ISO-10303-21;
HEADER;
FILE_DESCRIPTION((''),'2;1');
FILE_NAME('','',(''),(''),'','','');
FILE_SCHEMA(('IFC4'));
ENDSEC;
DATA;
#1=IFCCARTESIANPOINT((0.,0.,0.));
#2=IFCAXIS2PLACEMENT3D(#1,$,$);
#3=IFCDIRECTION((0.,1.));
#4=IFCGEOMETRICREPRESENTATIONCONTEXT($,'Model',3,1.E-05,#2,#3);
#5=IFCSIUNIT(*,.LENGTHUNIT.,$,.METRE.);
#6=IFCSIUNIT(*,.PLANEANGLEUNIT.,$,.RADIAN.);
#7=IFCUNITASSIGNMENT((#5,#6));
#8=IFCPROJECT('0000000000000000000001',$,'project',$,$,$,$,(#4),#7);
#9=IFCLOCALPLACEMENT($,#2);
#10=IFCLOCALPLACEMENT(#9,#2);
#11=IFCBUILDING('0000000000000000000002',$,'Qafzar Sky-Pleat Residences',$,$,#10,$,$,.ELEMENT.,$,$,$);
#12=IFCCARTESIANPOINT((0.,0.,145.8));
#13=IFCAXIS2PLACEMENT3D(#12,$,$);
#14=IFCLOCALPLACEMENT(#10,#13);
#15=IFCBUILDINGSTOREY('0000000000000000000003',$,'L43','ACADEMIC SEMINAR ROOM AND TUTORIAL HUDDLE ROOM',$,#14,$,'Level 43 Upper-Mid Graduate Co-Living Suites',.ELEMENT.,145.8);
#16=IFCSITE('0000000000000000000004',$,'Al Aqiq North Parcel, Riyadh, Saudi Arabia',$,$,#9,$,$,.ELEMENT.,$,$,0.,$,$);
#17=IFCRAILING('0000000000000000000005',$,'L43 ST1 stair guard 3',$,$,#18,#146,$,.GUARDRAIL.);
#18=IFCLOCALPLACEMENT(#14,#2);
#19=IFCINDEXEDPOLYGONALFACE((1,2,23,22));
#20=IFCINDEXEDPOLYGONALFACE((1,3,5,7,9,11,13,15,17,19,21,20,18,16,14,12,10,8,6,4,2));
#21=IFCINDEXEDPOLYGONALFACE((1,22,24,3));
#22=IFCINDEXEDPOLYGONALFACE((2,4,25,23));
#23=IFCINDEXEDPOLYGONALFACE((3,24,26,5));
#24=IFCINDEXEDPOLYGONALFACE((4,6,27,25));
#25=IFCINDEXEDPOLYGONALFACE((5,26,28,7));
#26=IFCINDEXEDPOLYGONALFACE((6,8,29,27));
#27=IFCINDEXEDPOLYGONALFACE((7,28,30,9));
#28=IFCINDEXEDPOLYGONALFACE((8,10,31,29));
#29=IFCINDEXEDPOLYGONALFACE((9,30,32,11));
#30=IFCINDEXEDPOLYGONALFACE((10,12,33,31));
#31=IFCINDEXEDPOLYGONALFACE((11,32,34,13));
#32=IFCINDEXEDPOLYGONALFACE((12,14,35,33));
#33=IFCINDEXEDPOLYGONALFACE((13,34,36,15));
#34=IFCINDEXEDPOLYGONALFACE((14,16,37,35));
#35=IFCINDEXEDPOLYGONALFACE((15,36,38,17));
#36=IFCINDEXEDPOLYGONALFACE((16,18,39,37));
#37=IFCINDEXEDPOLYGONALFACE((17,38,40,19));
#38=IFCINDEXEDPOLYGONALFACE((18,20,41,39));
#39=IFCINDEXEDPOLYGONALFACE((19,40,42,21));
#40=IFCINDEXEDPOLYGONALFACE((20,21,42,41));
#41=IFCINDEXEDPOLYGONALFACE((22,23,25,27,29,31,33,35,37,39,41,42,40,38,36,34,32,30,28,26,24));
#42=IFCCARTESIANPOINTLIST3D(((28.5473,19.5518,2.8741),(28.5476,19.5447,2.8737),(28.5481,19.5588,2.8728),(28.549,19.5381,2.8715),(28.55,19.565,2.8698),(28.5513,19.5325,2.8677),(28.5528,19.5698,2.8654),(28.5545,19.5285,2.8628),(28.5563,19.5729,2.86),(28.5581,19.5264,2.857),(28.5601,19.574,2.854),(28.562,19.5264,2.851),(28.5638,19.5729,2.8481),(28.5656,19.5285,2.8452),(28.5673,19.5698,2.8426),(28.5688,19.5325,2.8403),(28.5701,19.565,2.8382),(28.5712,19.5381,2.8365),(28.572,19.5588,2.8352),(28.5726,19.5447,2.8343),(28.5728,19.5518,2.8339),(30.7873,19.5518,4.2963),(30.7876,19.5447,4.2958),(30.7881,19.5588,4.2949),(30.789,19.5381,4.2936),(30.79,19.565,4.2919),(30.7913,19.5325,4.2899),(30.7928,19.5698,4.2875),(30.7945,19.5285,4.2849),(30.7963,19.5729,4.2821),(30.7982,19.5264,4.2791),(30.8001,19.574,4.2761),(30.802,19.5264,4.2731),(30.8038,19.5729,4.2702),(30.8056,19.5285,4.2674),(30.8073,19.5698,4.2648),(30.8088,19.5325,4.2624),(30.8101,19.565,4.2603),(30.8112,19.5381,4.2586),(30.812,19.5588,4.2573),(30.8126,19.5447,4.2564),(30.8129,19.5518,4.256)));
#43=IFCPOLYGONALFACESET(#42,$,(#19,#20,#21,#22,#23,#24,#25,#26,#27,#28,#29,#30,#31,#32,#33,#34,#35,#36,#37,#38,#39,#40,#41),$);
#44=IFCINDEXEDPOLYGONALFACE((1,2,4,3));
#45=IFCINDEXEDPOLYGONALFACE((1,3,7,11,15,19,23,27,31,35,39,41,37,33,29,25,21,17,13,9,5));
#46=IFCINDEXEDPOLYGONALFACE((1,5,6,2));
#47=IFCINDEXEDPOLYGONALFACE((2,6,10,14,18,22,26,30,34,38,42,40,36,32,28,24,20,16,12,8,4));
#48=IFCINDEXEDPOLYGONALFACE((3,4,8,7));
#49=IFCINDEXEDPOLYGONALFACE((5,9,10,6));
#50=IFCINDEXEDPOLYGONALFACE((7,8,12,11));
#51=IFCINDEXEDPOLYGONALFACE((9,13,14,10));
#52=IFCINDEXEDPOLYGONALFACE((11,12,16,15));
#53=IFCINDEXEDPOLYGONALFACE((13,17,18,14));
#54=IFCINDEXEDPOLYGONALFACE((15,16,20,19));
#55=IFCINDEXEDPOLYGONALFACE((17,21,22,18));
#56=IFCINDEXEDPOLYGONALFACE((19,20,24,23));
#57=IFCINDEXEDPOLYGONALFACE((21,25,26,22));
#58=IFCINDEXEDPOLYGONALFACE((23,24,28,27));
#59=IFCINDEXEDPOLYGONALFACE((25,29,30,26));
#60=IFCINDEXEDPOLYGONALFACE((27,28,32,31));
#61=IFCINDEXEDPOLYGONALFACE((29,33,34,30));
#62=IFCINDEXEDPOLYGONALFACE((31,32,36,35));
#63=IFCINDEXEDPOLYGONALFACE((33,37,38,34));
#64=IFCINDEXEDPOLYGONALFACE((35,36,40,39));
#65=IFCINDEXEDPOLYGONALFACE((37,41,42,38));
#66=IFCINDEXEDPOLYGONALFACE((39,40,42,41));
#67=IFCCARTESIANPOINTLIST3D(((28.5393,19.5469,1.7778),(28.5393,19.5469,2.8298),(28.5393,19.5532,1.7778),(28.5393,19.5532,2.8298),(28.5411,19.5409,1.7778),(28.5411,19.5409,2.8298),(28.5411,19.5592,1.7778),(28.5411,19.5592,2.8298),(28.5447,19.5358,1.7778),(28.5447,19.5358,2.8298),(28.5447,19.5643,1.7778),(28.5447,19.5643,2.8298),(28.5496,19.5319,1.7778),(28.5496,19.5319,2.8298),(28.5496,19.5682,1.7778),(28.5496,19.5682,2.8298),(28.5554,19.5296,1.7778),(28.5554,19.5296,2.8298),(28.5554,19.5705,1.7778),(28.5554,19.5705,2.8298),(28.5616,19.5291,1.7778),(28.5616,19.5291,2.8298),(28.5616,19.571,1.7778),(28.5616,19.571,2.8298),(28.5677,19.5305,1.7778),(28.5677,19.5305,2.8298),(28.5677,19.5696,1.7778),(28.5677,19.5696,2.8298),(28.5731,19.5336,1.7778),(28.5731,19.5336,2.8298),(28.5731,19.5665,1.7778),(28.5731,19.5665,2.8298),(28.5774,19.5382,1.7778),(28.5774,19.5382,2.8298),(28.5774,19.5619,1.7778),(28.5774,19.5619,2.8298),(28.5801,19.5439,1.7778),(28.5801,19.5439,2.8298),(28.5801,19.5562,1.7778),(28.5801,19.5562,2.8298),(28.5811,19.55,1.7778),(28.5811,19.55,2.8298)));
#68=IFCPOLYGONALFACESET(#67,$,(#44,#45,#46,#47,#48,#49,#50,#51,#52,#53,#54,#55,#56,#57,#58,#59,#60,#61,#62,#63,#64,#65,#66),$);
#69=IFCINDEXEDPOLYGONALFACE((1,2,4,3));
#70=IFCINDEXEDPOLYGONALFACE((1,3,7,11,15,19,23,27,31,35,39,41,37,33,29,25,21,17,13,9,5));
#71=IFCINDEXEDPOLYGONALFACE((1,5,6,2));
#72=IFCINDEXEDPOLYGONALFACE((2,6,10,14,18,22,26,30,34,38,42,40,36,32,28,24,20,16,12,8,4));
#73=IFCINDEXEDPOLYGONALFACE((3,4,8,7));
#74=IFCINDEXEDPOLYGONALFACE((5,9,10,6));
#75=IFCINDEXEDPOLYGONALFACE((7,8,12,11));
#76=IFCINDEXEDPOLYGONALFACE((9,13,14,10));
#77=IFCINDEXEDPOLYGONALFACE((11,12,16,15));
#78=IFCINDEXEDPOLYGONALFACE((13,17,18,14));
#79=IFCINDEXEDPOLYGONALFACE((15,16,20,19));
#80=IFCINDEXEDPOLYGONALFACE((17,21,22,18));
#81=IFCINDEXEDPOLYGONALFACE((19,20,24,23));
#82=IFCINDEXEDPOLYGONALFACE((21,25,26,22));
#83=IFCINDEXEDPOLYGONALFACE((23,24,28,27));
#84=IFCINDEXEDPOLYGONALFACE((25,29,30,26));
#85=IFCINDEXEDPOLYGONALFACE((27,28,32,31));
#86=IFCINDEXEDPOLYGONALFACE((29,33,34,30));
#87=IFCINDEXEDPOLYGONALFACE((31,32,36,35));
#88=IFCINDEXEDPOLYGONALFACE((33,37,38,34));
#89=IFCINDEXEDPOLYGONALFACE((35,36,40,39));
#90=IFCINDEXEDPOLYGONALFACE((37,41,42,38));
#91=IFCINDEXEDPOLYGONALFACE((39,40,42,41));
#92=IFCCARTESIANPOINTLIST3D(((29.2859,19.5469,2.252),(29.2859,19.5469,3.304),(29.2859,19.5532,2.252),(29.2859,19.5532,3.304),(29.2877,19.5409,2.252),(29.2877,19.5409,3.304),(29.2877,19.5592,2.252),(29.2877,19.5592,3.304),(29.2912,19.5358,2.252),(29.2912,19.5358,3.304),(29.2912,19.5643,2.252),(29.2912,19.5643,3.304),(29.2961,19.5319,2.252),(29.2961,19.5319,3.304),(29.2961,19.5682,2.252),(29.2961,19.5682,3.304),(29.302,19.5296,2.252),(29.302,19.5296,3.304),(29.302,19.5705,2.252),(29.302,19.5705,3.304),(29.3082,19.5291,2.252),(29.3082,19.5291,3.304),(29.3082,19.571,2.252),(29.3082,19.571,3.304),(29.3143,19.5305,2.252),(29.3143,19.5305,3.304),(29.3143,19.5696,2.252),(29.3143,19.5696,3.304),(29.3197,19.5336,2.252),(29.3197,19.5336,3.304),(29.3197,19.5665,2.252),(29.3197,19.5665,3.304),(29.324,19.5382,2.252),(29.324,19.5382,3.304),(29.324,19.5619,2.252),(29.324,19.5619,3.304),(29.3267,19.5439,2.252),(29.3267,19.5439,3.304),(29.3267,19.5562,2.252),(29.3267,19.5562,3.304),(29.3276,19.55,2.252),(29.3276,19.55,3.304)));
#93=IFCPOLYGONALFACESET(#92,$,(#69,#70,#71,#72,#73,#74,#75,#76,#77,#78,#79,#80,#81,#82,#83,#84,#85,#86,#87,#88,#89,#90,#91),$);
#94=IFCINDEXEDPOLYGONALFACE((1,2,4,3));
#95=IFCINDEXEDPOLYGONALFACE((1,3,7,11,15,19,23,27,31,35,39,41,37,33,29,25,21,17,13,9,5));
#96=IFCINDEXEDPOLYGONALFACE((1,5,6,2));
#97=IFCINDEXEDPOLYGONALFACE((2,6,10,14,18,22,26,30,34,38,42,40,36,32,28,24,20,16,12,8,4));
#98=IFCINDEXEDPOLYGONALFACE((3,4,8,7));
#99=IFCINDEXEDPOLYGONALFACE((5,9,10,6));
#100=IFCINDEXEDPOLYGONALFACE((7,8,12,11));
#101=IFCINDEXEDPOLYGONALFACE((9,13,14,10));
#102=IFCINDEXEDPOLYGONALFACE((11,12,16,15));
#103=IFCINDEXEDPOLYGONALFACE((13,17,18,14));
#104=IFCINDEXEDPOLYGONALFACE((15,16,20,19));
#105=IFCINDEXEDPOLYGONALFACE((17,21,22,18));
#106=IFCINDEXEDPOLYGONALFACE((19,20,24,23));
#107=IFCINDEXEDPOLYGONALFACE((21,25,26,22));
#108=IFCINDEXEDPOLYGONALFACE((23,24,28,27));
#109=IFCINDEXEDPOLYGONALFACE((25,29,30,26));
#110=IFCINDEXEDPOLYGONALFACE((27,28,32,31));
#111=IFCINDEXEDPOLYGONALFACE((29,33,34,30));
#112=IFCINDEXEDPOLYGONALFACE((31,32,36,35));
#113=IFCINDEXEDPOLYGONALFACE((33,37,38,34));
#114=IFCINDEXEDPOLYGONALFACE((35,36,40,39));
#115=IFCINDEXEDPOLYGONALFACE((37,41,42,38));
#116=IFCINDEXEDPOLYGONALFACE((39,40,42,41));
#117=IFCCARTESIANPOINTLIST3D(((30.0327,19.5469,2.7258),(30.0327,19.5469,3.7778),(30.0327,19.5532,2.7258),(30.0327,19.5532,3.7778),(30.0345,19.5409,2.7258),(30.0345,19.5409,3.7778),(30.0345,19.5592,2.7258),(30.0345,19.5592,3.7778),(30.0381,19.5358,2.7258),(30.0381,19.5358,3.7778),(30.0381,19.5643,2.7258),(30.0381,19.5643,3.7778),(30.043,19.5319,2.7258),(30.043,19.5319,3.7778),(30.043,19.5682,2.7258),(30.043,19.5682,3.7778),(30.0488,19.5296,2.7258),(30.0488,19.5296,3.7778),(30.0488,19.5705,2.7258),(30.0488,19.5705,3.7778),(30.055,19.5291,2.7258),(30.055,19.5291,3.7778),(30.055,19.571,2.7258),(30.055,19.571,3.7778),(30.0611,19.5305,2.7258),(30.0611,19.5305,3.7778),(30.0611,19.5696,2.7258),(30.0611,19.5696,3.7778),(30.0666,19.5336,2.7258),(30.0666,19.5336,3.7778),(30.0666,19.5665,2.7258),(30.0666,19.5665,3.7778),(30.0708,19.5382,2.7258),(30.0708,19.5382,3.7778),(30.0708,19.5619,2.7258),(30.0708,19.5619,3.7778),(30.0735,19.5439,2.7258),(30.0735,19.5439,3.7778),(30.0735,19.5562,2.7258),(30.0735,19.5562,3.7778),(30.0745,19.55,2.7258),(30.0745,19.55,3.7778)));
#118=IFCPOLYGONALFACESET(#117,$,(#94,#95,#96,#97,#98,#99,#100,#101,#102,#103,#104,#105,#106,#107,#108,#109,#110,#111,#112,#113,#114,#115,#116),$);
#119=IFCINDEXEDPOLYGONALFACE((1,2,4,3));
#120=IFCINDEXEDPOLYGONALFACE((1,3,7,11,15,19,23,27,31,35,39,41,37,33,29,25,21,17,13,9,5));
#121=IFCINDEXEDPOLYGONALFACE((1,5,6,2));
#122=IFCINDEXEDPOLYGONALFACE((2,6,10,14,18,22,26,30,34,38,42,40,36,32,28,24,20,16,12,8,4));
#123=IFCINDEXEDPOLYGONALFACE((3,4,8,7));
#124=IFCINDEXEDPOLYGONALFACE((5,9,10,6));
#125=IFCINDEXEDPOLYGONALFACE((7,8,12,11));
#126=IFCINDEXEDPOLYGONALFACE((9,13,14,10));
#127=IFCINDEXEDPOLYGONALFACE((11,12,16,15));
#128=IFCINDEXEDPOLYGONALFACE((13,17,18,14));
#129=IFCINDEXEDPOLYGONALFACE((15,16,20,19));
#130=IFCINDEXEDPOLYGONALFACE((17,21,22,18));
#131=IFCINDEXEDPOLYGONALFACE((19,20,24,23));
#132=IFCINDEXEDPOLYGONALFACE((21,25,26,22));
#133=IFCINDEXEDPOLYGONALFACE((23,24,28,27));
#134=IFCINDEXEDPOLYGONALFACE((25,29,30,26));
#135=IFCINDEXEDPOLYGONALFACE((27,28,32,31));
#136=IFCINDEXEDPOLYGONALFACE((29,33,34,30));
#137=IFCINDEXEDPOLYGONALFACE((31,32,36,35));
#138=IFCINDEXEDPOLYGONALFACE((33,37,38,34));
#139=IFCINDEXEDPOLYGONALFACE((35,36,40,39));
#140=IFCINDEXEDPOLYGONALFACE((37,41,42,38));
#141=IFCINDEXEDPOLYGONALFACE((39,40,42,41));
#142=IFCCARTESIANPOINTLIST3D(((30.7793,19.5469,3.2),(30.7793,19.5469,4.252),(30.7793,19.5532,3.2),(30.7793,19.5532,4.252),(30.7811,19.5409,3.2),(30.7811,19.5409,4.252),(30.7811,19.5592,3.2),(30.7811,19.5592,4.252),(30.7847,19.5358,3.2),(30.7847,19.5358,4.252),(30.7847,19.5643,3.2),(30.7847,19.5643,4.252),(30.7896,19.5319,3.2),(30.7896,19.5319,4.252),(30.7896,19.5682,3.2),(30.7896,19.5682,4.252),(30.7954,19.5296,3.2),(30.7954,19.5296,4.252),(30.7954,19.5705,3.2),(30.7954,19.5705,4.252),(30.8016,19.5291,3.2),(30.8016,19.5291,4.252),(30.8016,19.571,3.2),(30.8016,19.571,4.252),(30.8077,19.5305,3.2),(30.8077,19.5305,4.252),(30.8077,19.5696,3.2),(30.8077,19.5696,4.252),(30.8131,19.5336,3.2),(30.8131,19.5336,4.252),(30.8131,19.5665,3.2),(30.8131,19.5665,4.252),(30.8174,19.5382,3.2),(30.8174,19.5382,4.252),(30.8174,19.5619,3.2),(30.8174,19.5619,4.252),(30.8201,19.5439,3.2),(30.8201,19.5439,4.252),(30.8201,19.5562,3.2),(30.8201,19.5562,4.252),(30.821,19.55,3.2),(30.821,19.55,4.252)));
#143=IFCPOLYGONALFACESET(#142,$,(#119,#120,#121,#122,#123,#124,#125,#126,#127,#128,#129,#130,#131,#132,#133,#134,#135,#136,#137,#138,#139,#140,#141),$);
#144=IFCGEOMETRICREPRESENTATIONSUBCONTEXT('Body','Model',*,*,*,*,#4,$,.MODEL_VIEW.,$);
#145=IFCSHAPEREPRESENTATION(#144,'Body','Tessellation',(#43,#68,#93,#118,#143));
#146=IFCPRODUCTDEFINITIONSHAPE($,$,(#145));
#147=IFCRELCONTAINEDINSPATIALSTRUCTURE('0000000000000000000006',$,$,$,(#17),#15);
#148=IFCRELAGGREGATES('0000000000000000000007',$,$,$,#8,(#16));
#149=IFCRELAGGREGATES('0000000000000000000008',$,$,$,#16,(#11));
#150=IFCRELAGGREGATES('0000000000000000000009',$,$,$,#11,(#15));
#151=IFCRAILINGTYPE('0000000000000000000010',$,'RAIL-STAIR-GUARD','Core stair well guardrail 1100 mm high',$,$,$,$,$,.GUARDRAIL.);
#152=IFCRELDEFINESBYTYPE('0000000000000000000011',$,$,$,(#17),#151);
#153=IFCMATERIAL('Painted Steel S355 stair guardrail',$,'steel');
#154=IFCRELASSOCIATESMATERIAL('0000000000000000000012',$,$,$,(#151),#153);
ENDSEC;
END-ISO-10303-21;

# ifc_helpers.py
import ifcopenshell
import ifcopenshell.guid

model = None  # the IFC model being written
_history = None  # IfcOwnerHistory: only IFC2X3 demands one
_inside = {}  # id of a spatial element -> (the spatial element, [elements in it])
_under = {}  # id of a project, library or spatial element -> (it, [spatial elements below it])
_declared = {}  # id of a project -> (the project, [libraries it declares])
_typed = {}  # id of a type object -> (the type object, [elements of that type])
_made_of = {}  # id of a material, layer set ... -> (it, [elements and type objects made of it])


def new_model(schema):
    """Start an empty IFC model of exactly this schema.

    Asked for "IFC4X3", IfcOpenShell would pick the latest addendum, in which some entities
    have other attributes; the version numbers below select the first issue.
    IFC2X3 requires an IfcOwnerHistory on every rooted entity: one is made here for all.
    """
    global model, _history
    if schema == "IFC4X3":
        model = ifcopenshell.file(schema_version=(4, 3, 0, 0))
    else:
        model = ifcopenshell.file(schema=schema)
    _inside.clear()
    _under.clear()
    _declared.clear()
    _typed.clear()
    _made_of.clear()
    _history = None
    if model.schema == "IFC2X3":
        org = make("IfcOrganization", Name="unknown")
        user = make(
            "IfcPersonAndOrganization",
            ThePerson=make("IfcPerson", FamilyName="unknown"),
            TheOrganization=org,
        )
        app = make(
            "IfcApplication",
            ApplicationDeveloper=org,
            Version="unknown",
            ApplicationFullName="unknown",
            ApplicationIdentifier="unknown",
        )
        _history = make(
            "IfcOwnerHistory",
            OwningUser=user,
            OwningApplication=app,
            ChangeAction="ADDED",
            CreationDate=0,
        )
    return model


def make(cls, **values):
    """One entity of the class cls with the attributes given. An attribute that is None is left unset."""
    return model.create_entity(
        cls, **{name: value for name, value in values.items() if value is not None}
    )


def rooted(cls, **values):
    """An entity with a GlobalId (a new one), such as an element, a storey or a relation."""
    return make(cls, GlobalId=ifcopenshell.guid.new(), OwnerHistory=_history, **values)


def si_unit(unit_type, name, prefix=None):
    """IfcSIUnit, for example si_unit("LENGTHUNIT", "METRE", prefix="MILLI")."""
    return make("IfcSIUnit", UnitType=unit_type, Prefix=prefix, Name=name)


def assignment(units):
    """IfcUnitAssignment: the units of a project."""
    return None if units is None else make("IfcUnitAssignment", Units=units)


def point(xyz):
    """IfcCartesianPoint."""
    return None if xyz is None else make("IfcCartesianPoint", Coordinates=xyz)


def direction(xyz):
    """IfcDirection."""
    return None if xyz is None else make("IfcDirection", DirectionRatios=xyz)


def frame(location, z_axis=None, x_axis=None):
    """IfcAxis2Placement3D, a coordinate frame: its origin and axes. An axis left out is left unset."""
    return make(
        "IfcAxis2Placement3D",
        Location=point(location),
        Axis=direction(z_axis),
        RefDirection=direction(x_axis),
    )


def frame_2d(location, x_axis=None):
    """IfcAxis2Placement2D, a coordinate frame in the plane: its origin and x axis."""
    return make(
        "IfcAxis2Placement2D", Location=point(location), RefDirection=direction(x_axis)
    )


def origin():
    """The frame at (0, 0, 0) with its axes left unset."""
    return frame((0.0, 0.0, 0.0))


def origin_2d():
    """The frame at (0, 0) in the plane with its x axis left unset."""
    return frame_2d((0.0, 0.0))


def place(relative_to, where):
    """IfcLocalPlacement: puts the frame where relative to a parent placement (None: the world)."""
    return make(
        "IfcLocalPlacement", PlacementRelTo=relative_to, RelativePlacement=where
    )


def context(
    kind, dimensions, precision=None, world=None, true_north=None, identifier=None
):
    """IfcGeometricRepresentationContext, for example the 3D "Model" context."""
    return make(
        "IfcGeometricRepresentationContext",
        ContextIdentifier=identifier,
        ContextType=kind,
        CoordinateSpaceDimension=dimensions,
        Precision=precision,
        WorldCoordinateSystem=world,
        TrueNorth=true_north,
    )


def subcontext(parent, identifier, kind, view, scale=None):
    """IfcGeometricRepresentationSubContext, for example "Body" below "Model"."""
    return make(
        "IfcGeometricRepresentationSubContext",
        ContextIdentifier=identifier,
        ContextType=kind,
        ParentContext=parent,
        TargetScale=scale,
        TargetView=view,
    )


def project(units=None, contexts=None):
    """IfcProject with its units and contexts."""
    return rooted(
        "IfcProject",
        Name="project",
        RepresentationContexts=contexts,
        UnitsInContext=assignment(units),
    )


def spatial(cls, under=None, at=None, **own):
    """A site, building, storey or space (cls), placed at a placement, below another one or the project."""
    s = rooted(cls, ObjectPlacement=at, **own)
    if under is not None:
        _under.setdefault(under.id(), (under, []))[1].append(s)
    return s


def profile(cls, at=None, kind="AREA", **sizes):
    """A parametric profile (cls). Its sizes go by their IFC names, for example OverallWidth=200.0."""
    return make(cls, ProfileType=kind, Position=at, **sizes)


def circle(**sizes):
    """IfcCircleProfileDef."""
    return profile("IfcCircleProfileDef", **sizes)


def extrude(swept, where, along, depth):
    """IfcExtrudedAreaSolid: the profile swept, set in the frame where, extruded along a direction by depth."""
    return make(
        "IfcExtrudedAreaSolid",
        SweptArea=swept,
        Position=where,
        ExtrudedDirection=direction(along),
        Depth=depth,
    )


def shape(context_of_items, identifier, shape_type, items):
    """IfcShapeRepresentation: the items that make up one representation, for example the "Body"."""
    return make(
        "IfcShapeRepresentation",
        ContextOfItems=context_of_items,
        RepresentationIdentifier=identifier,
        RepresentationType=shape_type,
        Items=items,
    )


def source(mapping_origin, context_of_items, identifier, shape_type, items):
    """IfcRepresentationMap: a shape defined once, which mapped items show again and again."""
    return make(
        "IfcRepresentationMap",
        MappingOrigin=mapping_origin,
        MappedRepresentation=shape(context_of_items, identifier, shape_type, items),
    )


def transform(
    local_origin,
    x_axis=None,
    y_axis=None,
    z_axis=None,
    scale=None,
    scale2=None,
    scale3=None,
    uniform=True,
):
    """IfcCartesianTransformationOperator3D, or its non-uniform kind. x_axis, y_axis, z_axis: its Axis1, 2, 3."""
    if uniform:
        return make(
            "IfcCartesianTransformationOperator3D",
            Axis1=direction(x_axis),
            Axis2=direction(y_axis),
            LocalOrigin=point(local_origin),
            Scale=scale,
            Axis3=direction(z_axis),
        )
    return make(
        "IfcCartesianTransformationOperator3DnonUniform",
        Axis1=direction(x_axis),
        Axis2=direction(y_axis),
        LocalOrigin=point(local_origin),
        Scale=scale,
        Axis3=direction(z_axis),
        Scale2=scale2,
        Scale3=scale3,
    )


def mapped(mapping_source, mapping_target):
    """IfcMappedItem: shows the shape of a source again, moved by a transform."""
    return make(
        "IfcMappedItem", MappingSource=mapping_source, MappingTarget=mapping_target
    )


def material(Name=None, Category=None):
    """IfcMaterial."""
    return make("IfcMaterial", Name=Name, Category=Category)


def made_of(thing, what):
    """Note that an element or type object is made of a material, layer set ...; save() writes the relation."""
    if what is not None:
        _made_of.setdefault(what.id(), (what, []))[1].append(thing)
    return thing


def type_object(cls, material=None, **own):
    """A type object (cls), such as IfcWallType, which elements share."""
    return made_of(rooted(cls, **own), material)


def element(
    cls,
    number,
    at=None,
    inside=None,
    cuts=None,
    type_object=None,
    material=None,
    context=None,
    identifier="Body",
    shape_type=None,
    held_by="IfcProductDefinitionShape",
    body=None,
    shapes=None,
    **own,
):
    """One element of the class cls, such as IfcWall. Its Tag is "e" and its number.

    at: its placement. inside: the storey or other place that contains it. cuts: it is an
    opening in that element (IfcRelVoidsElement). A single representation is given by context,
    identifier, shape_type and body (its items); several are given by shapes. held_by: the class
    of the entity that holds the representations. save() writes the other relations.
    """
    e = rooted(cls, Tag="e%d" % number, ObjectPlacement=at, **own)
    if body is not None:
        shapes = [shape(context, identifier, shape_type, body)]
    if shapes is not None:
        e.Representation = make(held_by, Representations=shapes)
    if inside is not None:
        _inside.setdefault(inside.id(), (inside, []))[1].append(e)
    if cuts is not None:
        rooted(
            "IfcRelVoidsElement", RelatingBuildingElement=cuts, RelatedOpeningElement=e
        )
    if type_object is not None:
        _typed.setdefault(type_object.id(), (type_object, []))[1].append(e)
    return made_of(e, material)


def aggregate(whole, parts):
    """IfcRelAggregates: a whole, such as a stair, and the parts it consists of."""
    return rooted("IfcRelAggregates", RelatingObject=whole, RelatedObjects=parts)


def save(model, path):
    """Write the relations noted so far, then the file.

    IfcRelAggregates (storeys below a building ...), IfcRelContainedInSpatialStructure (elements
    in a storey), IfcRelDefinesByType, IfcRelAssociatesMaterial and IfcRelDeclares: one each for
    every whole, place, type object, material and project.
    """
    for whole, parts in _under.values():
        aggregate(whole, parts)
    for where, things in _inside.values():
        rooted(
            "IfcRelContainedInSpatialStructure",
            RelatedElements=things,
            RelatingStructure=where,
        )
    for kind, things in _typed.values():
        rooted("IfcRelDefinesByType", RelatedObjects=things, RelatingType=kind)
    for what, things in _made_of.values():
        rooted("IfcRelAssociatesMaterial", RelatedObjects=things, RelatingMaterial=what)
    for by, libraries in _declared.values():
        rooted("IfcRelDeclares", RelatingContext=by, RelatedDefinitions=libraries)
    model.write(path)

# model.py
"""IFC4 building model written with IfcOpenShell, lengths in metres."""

from ifc_helpers import new_model, si_unit, direction, frame, origin, origin_2d, place, context, subcontext, project, spatial, circle, extrude, source, transform, mapped, material, type_object, element, save


model = new_model("IFC4")

# Units and contexts
model_context = context("Model", 3, precision=1e-05, world=origin(), true_north=direction((0.0, 1.0)))
body_context = subcontext(model_context, "Body", "Model", "MODEL_VIEW")
ifc_project = project(units=[si_unit("LENGTHUNIT", "METRE"), si_unit("PLANEANGLEUNIT", "RADIAN")], contexts=[model_context])

# Site, building, storey
site_placement = place(None, origin())
site = spatial("IfcSite", under=ifc_project, at=site_placement, Name="Al Aqiq North Parcel, Riyadh, Saudi Arabia", CompositionType="ELEMENT", RefElevation=0.0)
building_placement = place(site_placement, origin())
building = spatial("IfcBuilding", under=site, at=building_placement, Name="Qafzar Sky-Pleat Residences", CompositionType="ELEMENT")
storey_placement = place(building_placement, frame((0.0, 0.0, 145.8)))
storey = spatial("IfcBuildingStorey", under=building, at=storey_placement, Name="L43", Description="ACADEMIC SEMINAR ROOM AND TUTORIAL HUDDLE ROOM", LongName="Level 43 Upper-Mid Graduate Co-Living Suites", CompositionType="ELEMENT", Elevation=145.8)

# Railing
ifc_material_1 = material(Name="Painted Steel S355 stair guardrail", Category="steel")
railing_type_1 = type_object("IfcRailingType", Name="RAIL-STAIR-GUARD", Description="Core stair well guardrail 1100 mm high", PredefinedType="GUARDRAIL", material=ifc_material_1)
shared_shape_1 = source(origin(), body_context, "Body", "SweptSolid", [
    extrude(circle(Radius=0.0239, at=origin_2d()), frame((0.0, 0.0, 1.0762), z_axis=(0.844229, 0.0, 0.535982), x_axis=(0.0, 1.0, 0.0)), (0.0, 0.0, 1.0), 2.6533),
    extrude(circle(Radius=0.021, at=origin_2d()), origin(), (0.0, 0.0, 1.0), 1.052),
    extrude(circle(Radius=0.021, at=origin_2d()), frame((0.7466, 0.0, 0.4741)), (0.0, 0.0, 1.0), 1.052),
    extrude(circle(Radius=0.021, at=origin_2d()), frame((1.4934, 0.0, 0.948)), (0.0, 0.0, 1.0), 1.052),
    extrude(circle(Radius=0.021, at=origin_2d()), frame((2.24, 0.0, 1.4221)), (0.0, 0.0, 1.0), 1.052),
])
railing_1_placement = place(storey_placement, frame((28.5601, 19.55, 1.7778)))
element("IfcRailing", 1, at=railing_1_placement, inside=storey, type_object=railing_type_1, Name="L43 ST1 stair guard 3", PredefinedType="GUARDRAIL", context=body_context, shape_type="MappedRepresentation", body=[
    mapped(shared_shape_1, transform((0.0, 0.0, 0.0), x_axis=(1.0, 0.0, 0.0), y_axis=(0.0, 1.0, 0.0), z_axis=(0.0, 0.0, 1.0), scale=1.0)),
])

save(model, "model.ifc")
